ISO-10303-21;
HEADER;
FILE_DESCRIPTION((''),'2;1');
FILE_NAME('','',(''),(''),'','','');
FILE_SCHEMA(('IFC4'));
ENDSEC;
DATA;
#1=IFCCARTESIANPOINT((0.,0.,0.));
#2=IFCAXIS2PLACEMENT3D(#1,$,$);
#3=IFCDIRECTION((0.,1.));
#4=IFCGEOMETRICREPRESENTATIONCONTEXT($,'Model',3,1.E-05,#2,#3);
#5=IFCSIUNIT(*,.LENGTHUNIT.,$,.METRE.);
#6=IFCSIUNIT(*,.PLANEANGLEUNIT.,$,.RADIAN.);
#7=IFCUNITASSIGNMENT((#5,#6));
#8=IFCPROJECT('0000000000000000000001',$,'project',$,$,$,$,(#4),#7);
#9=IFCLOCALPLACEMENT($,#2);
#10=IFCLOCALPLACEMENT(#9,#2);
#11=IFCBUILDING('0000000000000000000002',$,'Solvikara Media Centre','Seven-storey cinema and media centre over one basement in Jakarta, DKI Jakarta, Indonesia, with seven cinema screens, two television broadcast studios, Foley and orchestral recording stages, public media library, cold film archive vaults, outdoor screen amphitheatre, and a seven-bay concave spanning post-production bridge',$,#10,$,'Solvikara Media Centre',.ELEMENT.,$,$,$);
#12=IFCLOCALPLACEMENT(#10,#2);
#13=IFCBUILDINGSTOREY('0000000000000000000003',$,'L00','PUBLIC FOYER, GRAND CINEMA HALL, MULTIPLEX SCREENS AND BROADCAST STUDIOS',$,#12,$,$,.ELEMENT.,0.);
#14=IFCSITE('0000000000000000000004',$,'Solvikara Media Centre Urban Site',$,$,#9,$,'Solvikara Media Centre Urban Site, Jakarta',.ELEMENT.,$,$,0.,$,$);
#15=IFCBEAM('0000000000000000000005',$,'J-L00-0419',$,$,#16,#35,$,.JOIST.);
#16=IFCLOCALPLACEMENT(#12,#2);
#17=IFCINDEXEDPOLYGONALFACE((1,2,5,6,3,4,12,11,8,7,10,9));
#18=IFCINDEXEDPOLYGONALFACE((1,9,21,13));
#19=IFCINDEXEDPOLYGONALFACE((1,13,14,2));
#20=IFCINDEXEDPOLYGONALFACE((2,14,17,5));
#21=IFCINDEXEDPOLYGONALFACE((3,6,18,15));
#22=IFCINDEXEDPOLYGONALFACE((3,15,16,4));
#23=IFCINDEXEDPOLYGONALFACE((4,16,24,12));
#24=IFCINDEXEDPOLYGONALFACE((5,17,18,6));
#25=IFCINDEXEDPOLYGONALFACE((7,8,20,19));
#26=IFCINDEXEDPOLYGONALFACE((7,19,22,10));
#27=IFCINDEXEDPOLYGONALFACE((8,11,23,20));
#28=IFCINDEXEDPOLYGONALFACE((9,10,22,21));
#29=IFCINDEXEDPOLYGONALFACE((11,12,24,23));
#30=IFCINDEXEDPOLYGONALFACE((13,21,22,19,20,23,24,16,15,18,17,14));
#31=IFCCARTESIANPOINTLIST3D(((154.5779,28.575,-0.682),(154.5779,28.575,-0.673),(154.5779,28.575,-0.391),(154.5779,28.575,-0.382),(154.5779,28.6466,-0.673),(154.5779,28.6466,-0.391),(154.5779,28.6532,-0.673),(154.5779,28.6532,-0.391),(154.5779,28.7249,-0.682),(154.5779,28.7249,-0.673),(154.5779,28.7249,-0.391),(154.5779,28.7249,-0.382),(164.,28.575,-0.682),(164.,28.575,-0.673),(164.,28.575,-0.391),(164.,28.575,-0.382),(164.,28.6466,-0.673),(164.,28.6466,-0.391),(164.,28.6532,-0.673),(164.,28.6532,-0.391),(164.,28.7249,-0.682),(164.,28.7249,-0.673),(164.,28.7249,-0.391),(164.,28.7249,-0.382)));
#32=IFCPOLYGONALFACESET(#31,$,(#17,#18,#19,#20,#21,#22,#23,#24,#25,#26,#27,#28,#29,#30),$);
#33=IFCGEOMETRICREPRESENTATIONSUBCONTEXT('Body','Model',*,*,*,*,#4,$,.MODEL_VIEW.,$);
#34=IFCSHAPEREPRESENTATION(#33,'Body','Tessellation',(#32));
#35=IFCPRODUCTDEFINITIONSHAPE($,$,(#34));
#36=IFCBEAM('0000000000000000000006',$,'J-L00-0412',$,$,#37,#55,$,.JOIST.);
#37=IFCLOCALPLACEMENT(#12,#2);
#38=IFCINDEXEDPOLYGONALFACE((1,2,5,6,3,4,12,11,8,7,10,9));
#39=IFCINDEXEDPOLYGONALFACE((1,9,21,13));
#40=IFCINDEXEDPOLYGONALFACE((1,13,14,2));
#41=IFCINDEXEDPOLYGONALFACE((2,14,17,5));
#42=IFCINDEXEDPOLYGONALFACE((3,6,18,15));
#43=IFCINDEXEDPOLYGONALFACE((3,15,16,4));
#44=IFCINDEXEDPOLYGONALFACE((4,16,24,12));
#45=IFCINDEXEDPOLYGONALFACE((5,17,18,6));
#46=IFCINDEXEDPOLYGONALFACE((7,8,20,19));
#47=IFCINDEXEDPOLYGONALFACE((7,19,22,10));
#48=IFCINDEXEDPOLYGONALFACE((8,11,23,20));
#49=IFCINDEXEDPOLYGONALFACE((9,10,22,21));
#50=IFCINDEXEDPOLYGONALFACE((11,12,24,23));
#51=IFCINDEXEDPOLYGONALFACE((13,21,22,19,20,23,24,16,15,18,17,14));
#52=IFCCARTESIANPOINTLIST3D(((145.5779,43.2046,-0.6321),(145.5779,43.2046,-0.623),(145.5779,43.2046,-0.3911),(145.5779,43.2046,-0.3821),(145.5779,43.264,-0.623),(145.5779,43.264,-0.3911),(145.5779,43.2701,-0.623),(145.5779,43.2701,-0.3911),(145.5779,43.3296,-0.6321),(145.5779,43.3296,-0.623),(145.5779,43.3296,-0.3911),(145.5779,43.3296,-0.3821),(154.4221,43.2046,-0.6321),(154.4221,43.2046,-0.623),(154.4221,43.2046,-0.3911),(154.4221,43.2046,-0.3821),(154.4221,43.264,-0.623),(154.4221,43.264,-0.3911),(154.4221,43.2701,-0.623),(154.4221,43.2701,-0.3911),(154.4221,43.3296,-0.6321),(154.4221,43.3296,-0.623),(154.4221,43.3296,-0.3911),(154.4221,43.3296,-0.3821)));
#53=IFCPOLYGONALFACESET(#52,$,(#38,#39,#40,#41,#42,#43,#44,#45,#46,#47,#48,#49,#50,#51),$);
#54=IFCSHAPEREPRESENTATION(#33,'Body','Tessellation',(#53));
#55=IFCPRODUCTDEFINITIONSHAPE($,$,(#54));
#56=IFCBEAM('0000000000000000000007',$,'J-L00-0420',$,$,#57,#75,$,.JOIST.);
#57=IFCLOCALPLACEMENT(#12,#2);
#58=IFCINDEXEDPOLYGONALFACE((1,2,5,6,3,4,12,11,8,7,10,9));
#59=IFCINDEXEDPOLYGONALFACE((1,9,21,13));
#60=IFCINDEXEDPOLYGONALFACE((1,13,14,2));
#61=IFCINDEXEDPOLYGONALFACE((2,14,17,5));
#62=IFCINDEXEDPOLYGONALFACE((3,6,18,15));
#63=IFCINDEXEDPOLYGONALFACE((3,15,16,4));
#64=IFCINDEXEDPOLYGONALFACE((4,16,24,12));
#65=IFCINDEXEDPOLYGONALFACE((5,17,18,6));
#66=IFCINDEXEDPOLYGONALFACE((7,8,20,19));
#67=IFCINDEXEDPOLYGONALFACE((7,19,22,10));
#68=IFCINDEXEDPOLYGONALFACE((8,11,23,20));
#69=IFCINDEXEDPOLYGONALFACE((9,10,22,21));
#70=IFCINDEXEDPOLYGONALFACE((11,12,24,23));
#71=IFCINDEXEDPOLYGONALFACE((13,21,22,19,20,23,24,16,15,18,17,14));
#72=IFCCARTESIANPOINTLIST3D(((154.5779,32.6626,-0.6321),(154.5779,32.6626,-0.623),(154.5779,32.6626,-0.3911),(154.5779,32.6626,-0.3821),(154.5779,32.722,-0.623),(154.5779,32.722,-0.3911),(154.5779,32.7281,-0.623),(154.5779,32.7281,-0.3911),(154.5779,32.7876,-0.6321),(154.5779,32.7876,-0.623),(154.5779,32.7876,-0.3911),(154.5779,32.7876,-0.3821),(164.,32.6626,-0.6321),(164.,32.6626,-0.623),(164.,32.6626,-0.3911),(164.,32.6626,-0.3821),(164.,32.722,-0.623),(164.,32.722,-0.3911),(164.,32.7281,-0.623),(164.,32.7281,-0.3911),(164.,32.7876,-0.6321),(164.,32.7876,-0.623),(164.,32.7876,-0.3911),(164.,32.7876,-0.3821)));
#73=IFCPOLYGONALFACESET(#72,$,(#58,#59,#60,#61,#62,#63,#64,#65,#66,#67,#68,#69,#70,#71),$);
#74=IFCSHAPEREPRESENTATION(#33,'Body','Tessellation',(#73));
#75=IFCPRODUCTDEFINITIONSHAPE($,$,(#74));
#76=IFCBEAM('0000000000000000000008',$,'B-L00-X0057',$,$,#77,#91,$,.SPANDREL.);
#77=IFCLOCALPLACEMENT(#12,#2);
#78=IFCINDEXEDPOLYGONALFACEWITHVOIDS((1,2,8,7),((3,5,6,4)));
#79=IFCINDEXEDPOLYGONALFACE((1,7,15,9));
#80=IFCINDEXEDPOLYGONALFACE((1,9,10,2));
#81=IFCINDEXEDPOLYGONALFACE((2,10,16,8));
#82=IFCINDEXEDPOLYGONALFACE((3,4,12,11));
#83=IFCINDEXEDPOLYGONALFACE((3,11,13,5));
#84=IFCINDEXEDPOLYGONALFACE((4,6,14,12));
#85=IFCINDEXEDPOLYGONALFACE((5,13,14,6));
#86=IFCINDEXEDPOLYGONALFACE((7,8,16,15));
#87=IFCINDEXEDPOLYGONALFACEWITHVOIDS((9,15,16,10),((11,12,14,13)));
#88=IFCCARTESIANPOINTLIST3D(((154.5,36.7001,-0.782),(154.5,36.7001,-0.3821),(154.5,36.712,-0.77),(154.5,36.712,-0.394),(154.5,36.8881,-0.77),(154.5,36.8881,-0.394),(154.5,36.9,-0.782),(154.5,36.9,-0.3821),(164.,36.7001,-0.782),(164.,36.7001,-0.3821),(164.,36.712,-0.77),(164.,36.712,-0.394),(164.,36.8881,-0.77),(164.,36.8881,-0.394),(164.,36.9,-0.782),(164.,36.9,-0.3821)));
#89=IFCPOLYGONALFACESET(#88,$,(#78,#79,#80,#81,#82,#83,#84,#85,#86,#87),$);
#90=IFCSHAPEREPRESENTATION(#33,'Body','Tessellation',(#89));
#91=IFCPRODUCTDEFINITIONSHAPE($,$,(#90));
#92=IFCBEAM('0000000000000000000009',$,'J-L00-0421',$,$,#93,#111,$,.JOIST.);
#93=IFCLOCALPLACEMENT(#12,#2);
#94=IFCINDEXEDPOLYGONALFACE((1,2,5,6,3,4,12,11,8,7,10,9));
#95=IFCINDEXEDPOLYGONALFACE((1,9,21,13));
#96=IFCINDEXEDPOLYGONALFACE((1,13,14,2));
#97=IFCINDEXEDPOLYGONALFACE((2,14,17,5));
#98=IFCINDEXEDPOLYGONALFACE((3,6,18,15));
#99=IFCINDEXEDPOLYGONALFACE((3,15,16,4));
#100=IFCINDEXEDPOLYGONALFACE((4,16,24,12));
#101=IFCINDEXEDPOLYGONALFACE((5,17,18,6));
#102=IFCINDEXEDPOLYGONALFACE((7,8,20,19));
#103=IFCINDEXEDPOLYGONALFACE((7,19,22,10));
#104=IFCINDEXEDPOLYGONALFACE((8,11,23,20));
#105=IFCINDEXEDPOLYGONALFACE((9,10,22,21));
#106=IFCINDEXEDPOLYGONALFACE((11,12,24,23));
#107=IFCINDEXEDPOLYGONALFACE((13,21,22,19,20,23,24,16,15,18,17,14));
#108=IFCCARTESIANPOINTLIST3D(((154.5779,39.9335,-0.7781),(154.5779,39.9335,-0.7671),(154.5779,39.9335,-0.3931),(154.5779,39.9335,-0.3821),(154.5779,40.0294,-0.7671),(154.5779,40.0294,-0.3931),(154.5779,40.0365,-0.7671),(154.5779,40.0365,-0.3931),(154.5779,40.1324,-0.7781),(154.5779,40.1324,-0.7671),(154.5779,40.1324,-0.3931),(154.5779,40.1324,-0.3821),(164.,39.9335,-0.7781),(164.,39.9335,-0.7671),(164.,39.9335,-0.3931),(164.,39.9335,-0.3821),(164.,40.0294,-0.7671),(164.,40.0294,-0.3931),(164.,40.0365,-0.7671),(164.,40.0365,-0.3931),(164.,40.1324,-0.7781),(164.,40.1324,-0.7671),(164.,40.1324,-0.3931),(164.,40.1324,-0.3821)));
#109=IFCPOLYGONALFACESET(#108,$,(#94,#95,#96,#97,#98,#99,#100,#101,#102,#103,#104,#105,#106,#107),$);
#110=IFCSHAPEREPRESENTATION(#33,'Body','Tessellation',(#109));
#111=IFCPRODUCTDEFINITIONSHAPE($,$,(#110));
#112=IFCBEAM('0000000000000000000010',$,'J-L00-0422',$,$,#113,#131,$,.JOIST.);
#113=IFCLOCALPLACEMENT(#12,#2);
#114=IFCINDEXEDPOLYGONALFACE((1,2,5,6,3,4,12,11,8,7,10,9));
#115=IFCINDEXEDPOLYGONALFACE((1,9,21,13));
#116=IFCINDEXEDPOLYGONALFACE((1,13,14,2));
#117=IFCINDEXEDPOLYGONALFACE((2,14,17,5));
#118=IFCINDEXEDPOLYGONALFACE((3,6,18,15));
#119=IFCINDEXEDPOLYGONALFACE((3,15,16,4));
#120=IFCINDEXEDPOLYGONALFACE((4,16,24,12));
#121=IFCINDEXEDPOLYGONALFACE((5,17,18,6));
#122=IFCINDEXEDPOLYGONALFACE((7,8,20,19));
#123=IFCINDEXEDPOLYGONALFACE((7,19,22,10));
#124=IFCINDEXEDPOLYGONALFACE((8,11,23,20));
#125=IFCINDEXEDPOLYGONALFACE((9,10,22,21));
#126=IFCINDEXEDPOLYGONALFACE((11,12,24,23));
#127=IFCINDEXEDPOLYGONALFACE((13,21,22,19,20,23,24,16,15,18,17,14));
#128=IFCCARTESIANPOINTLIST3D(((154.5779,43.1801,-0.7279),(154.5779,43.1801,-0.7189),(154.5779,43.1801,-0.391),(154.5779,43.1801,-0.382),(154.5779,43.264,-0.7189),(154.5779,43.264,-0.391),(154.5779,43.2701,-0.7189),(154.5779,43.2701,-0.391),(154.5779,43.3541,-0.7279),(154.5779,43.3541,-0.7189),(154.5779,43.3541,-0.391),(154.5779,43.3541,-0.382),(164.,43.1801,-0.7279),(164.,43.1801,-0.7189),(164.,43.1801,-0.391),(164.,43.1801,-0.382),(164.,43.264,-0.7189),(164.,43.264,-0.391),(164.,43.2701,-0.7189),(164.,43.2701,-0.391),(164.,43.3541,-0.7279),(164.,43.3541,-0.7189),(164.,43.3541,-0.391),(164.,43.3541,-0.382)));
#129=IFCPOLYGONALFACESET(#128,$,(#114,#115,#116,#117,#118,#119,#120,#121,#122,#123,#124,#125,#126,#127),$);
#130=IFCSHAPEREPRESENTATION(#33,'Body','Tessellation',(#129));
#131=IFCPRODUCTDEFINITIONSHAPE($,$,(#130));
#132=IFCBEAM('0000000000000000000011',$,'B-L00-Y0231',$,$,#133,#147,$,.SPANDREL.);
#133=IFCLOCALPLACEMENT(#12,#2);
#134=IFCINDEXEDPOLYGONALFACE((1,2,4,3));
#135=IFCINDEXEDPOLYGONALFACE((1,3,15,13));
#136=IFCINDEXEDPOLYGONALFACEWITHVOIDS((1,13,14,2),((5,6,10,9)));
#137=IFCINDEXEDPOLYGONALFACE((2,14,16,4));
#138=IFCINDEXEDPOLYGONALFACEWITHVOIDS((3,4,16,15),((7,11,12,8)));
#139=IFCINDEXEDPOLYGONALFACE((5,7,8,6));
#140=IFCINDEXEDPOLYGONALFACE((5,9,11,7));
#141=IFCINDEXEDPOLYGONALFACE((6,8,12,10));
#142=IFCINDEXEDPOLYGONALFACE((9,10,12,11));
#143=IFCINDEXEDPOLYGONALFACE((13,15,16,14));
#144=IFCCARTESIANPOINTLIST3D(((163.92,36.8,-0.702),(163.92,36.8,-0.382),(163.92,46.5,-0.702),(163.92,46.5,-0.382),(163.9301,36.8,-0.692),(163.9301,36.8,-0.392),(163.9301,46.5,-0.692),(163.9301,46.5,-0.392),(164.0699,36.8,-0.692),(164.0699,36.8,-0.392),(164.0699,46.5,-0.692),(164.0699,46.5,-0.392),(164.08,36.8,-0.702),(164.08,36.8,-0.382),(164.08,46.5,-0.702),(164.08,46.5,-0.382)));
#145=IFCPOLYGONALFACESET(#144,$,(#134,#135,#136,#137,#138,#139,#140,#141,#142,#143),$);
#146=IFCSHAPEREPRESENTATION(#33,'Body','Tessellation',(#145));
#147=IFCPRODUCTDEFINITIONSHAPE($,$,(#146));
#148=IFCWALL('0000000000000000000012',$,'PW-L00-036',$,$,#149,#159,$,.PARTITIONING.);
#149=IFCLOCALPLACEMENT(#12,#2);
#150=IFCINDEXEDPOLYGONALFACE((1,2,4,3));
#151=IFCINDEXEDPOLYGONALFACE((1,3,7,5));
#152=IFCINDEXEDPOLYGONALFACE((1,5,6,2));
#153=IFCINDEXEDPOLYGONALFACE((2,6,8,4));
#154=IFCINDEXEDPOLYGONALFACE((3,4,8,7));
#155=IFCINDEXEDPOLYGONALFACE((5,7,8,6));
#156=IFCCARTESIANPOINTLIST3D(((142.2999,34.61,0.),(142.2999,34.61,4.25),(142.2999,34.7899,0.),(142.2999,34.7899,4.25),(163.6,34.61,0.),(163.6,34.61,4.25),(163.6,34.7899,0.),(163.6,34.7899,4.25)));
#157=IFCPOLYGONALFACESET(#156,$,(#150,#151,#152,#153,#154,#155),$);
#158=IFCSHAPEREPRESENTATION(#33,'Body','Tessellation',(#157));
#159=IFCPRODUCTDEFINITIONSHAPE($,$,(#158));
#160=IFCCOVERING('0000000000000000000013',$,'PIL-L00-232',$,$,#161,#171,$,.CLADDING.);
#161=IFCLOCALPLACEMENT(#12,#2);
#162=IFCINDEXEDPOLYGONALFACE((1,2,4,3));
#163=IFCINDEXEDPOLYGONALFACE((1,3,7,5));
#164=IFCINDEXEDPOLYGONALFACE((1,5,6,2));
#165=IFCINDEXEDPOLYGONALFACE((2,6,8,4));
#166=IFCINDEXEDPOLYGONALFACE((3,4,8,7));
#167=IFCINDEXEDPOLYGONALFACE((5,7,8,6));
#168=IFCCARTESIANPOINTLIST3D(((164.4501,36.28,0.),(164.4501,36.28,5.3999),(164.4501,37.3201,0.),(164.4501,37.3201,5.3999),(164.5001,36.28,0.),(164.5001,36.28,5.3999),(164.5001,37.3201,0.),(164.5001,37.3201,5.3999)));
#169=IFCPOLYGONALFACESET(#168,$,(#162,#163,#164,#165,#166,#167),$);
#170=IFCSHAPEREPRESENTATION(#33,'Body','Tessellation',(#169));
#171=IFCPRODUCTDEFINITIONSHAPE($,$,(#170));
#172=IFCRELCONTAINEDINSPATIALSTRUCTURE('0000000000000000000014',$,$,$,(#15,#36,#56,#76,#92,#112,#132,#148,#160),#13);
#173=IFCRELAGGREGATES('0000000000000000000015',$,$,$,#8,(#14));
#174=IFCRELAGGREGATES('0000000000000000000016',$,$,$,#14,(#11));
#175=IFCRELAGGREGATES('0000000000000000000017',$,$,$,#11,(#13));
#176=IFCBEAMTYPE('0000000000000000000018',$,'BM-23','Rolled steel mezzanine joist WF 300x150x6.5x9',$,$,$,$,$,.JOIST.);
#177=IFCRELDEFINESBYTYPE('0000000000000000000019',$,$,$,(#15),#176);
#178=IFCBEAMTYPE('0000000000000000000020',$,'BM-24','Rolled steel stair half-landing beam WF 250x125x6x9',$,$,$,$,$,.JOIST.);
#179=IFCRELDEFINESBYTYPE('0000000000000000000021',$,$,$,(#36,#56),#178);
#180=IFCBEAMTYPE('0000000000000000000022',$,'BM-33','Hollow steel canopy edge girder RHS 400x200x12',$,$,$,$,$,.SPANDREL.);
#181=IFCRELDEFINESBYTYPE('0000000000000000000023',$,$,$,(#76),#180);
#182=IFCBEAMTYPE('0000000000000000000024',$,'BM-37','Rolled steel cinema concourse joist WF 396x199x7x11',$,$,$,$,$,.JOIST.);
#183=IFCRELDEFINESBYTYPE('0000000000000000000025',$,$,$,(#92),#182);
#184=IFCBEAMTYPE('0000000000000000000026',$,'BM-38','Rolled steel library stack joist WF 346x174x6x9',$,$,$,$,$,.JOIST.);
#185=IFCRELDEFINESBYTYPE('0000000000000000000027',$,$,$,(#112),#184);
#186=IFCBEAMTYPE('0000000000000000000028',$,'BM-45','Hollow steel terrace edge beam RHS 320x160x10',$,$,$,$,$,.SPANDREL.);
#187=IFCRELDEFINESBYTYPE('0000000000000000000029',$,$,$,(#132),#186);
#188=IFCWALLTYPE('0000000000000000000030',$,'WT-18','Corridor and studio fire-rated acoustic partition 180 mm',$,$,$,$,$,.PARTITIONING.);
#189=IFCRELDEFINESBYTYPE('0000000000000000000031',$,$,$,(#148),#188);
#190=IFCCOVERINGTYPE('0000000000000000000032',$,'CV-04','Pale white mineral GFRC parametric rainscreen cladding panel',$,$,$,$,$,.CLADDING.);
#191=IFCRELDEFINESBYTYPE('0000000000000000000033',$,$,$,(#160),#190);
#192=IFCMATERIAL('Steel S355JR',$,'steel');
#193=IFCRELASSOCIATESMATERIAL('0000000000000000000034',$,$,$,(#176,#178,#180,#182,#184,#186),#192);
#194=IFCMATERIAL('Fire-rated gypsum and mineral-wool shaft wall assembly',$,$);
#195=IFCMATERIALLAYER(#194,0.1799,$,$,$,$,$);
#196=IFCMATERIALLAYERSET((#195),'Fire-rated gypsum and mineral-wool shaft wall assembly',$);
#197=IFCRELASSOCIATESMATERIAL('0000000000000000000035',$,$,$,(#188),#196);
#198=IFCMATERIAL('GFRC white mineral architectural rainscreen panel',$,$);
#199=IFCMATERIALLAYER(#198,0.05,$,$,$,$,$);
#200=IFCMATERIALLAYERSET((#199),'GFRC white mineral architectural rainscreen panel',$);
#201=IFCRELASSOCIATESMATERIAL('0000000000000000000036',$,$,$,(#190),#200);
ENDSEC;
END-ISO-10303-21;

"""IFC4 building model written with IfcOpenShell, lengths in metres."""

from ifc_helpers import new_model, si_unit, direction, frame, frame_2d, origin, origin_2d, place, context, subcontext, project, spatial, rectangle, hollow_rectangle, i_section, extrude, material, layer, layer_set, material_profile, profile_set, type_object, element, save


model = new_model("IFC4")

# Units and contexts
model_context = context("Model", 3, precision=1e-05, world=origin(), true_north=direction((0.0, 1.0)))
body_context = subcontext(model_context, "Body", "Model", "MODEL_VIEW")
ifc_project = project(units=[si_unit("LENGTHUNIT", "METRE"), si_unit("PLANEANGLEUNIT", "RADIAN")], contexts=[model_context])

# Site, building, storey
site_placement = place(None, origin())
site = spatial("IfcSite", under=ifc_project, at=site_placement, Name="Solvikara Media Centre Urban Site", LongName="Solvikara Media Centre Urban Site, Jakarta", CompositionType="ELEMENT", RefElevation=0.0)
building_placement = place(site_placement, origin())
building = spatial("IfcBuilding", under=site, at=building_placement, Name="Solvikara Media Centre", Description="Seven-storey cinema and media centre over one basement in Jakarta, DKI Jakarta, Indonesia, with seven cinema screens, two television broadcast studios, Foley and orchestral recording stages, public media library, cold film archive vaults, outdoor screen amphitheatre, and a seven-bay concave spanning post-production bridge", LongName="Solvikara Media Centre", CompositionType="ELEMENT")
storey_placement = place(building_placement, origin())
storey = spatial("IfcBuildingStorey", under=building, at=storey_placement, Name="L00", Description="PUBLIC FOYER, GRAND CINEMA HALL, MULTIPLEX SCREENS AND BROADCAST STUDIOS", CompositionType="ELEMENT", Elevation=0.0)

# Beams
ifc_material_1 = material(Name="Steel S355JR", Category="steel")
ifc_material_profile_1 = material_profile(ifc_material_1, i_section(OverallWidth=0.1499, OverallDepth=0.3, WebThickness=0.0066, FlangeThickness=0.009, at=origin_2d()), Name="WF 300x150x6.5x9")
ifc_profile_set_1 = profile_set([ifc_material_profile_1], Name="Steel S355JR")
beam_type_1 = type_object("IfcBeamType", Name="BM-23", Description="Rolled steel mezzanine joist WF 300x150x6.5x9", PredefinedType="JOIST", material=ifc_profile_set_1)
beam_1_placement = place(storey_placement, frame((154.5779, 28.6499, -0.532), z_axis=(1.0, 0.0, 0.0), x_axis=(0.0, 1.0, 0.0)))
element("IfcBeam", 1, at=beam_1_placement, inside=storey, type_object=beam_type_1, Name="J-L00-0419", PredefinedType="JOIST", context=body_context, shape_type="SweptSolid", body=[
    extrude(i_section(OverallWidth=0.1499, OverallDepth=0.3, WebThickness=0.0066, FlangeThickness=0.009, at=origin_2d()), origin(), (0.0, 0.0, 1.0), 9.4221),
])
ifc_material_profile_2 = material_profile(ifc_material_1, i_section(OverallWidth=0.125, OverallDepth=0.25, WebThickness=0.0061, FlangeThickness=0.009, at=origin_2d()), Name="WF 250x125x6x9")
ifc_profile_set_2 = profile_set([ifc_material_profile_2], Name="Steel S355JR")
beam_type_2 = type_object("IfcBeamType", Name="BM-24", Description="Rolled steel stair half-landing beam WF 250x125x6x9", PredefinedType="JOIST", material=ifc_profile_set_2)
beam_2_placement = place(storey_placement, frame((145.5779, 43.2671, -0.5071), z_axis=(1.0, 0.0, 0.0), x_axis=(0.0, 1.0, 0.0)))
element("IfcBeam", 2, at=beam_2_placement, inside=storey, type_object=beam_type_2, Name="J-L00-0412", PredefinedType="JOIST", context=body_context, shape_type="SweptSolid", body=[
    extrude(i_section(OverallWidth=0.125, OverallDepth=0.25, WebThickness=0.0061, FlangeThickness=0.009, at=origin_2d()), origin(), (0.0, 0.0, 1.0), 8.8442),
])
beam_3_placement = place(storey_placement, frame((154.5779, 32.7251, -0.5071), z_axis=(1.0, 0.0, 0.0), x_axis=(0.0, 1.0, 0.0)))
element("IfcBeam", 3, at=beam_3_placement, inside=storey, type_object=beam_type_2, Name="J-L00-0420", PredefinedType="JOIST", context=body_context, shape_type="SweptSolid", body=[
    extrude(i_section(OverallWidth=0.125, OverallDepth=0.25, WebThickness=0.0061, FlangeThickness=0.009, at=origin_2d()), origin(), (0.0, 0.0, 1.0), 9.4221),
])
ifc_material_profile_3 = material_profile(ifc_material_1, hollow_rectangle(XDim=0.2, YDim=0.3999, WallThickness=0.012, at=origin_2d()), Name="RHS 400x200x12")
ifc_profile_set_3 = profile_set([ifc_material_profile_3], Name="Steel S355JR")
beam_type_3 = type_object("IfcBeamType", Name="BM-33", Description="Hollow steel canopy edge girder RHS 400x200x12", PredefinedType="SPANDREL", material=ifc_profile_set_3)
beam_4_placement = place(storey_placement, frame((154.5, 36.8, -0.582), z_axis=(1.0, 0.0, 0.0), x_axis=(0.0, 1.0, 0.0)))
element("IfcBeam", 4, at=beam_4_placement, inside=storey, type_object=beam_type_3, Name="B-L00-X0057", PredefinedType="SPANDREL", context=body_context, shape_type="SweptSolid", body=[
    extrude(hollow_rectangle(XDim=0.2, YDim=0.3999, WallThickness=0.012, at=origin_2d()), origin(), (0.0, 0.0, 1.0), 9.5),
])
ifc_material_profile_4 = material_profile(ifc_material_1, i_section(OverallWidth=0.199, OverallDepth=0.396, WebThickness=0.0071, FlangeThickness=0.011, at=origin_2d()), Name="WF 396x199x7x11")
ifc_profile_set_4 = profile_set([ifc_material_profile_4], Name="Steel S355JR")
beam_type_4 = type_object("IfcBeamType", Name="BM-37", Description="Rolled steel cinema concourse joist WF 396x199x7x11", PredefinedType="JOIST", material=ifc_profile_set_4)
beam_5_placement = place(storey_placement, frame((154.5779, 40.033, -0.5801), z_axis=(1.0, 0.0, 0.0), x_axis=(0.0, 1.0, 0.0)))
element("IfcBeam", 5, at=beam_5_placement, inside=storey, type_object=beam_type_4, Name="J-L00-0421", PredefinedType="JOIST", context=body_context, shape_type="SweptSolid", body=[
    extrude(i_section(OverallWidth=0.199, OverallDepth=0.396, WebThickness=0.0071, FlangeThickness=0.011, at=origin_2d()), origin(), (0.0, 0.0, 1.0), 9.4221),
])
ifc_material_profile_5 = material_profile(ifc_material_1, i_section(OverallWidth=0.1741, OverallDepth=0.3459, WebThickness=0.0061, FlangeThickness=0.009, at=origin_2d()), Name="WF 346x174x6x9")
ifc_profile_set_5 = profile_set([ifc_material_profile_5], Name="Steel S355JR")
beam_type_5 = type_object("IfcBeamType", Name="BM-38", Description="Rolled steel library stack joist WF 346x174x6x9", PredefinedType="JOIST", material=ifc_profile_set_5)
beam_6_placement = place(storey_placement, frame((154.5779, 43.2671, -0.5549), z_axis=(1.0, 0.0, 0.0), x_axis=(0.0, 1.0, 0.0)))
element("IfcBeam", 6, at=beam_6_placement, inside=storey, type_object=beam_type_5, Name="J-L00-0422", PredefinedType="JOIST", context=body_context, shape_type="SweptSolid", body=[
    extrude(i_section(OverallWidth=0.1741, OverallDepth=0.3459, WebThickness=0.0061, FlangeThickness=0.009, at=origin_2d()), origin(), (0.0, 0.0, 1.0), 9.4221),
])
ifc_material_profile_6 = material_profile(ifc_material_1, hollow_rectangle(XDim=0.1599, YDim=0.3201, WallThickness=0.01, at=origin_2d()), Name="RHS 320x160x10")
ifc_profile_set_6 = profile_set([ifc_material_profile_6], Name="Steel S355JR")
beam_type_6 = type_object("IfcBeamType", Name="BM-45", Description="Hollow steel terrace edge beam RHS 320x160x10", PredefinedType="SPANDREL", material=ifc_profile_set_6)
beam_7_placement = place(storey_placement, frame((164.0, 36.8, -0.542), z_axis=(0.0, 1.0, 0.0), x_axis=(-1.0, 0.0, 0.0)))
element("IfcBeam", 7, at=beam_7_placement, inside=storey, type_object=beam_type_6, Name="B-L00-Y0231", PredefinedType="SPANDREL", context=body_context, shape_type="SweptSolid", body=[
    extrude(hollow_rectangle(XDim=0.1599, YDim=0.3201, WallThickness=0.01, at=origin_2d()), origin(), (0.0, 0.0, 1.0), 9.7),
])

# Wall
ifc_material_2 = material(Name="Fire-rated gypsum and mineral-wool shaft wall assembly")
ifc_layer_1 = layer(ifc_material_2, 0.1799)
ifc_layer_set_1 = layer_set([ifc_layer_1], Name="Fire-rated gypsum and mineral-wool shaft wall assembly")
wall_type = type_object("IfcWallType", Name="WT-18", Description="Corridor and studio fire-rated acoustic partition 180 mm", PredefinedType="PARTITIONING", material=ifc_layer_set_1)
wall_placement = place(storey_placement, frame((142.3, 34.7, 0.0), z_axis=(0.0, 0.0, 1.0), x_axis=(1.0, 0.0, 0.0)))
element("IfcWall", 8, at=wall_placement, inside=storey, type_object=wall_type, Name="PW-L00-036", PredefinedType="PARTITIONING", context=body_context, shape_type="SweptSolid", body=[
    extrude(rectangle(XDim=21.3, YDim=0.1799, at=frame_2d((10.6499, 0.0))), origin(), (0.0, 0.0, 1.0), 4.25),
])

# Covering
ifc_material_3 = material(Name="GFRC white mineral architectural rainscreen panel")
ifc_layer_2 = layer(ifc_material_3, 0.05)
ifc_layer_set_2 = layer_set([ifc_layer_2], Name="GFRC white mineral architectural rainscreen panel")
covering_type = type_object("IfcCoveringType", Name="CV-04", Description="Pale white mineral GFRC parametric rainscreen cladding panel", PredefinedType="CLADDING", material=ifc_layer_set_2)
covering_1_placement = place(storey_placement, frame((164.4751, 36.8, 0.0), z_axis=(0.0, 0.0, 1.0), x_axis=(0.0, 1.0, 0.0)))
element("IfcCovering", 9, at=covering_1_placement, inside=storey, type_object=covering_type, Name="PIL-L00-232", PredefinedType="CLADDING", context=body_context, shape_type="SweptSolid", body=[
    extrude(rectangle(XDim=1.04, YDim=0.05, at=origin_2d()), origin(), (0.0, 0.0, 1.0), 5.3999),
])

save(model, "model.ifc")
